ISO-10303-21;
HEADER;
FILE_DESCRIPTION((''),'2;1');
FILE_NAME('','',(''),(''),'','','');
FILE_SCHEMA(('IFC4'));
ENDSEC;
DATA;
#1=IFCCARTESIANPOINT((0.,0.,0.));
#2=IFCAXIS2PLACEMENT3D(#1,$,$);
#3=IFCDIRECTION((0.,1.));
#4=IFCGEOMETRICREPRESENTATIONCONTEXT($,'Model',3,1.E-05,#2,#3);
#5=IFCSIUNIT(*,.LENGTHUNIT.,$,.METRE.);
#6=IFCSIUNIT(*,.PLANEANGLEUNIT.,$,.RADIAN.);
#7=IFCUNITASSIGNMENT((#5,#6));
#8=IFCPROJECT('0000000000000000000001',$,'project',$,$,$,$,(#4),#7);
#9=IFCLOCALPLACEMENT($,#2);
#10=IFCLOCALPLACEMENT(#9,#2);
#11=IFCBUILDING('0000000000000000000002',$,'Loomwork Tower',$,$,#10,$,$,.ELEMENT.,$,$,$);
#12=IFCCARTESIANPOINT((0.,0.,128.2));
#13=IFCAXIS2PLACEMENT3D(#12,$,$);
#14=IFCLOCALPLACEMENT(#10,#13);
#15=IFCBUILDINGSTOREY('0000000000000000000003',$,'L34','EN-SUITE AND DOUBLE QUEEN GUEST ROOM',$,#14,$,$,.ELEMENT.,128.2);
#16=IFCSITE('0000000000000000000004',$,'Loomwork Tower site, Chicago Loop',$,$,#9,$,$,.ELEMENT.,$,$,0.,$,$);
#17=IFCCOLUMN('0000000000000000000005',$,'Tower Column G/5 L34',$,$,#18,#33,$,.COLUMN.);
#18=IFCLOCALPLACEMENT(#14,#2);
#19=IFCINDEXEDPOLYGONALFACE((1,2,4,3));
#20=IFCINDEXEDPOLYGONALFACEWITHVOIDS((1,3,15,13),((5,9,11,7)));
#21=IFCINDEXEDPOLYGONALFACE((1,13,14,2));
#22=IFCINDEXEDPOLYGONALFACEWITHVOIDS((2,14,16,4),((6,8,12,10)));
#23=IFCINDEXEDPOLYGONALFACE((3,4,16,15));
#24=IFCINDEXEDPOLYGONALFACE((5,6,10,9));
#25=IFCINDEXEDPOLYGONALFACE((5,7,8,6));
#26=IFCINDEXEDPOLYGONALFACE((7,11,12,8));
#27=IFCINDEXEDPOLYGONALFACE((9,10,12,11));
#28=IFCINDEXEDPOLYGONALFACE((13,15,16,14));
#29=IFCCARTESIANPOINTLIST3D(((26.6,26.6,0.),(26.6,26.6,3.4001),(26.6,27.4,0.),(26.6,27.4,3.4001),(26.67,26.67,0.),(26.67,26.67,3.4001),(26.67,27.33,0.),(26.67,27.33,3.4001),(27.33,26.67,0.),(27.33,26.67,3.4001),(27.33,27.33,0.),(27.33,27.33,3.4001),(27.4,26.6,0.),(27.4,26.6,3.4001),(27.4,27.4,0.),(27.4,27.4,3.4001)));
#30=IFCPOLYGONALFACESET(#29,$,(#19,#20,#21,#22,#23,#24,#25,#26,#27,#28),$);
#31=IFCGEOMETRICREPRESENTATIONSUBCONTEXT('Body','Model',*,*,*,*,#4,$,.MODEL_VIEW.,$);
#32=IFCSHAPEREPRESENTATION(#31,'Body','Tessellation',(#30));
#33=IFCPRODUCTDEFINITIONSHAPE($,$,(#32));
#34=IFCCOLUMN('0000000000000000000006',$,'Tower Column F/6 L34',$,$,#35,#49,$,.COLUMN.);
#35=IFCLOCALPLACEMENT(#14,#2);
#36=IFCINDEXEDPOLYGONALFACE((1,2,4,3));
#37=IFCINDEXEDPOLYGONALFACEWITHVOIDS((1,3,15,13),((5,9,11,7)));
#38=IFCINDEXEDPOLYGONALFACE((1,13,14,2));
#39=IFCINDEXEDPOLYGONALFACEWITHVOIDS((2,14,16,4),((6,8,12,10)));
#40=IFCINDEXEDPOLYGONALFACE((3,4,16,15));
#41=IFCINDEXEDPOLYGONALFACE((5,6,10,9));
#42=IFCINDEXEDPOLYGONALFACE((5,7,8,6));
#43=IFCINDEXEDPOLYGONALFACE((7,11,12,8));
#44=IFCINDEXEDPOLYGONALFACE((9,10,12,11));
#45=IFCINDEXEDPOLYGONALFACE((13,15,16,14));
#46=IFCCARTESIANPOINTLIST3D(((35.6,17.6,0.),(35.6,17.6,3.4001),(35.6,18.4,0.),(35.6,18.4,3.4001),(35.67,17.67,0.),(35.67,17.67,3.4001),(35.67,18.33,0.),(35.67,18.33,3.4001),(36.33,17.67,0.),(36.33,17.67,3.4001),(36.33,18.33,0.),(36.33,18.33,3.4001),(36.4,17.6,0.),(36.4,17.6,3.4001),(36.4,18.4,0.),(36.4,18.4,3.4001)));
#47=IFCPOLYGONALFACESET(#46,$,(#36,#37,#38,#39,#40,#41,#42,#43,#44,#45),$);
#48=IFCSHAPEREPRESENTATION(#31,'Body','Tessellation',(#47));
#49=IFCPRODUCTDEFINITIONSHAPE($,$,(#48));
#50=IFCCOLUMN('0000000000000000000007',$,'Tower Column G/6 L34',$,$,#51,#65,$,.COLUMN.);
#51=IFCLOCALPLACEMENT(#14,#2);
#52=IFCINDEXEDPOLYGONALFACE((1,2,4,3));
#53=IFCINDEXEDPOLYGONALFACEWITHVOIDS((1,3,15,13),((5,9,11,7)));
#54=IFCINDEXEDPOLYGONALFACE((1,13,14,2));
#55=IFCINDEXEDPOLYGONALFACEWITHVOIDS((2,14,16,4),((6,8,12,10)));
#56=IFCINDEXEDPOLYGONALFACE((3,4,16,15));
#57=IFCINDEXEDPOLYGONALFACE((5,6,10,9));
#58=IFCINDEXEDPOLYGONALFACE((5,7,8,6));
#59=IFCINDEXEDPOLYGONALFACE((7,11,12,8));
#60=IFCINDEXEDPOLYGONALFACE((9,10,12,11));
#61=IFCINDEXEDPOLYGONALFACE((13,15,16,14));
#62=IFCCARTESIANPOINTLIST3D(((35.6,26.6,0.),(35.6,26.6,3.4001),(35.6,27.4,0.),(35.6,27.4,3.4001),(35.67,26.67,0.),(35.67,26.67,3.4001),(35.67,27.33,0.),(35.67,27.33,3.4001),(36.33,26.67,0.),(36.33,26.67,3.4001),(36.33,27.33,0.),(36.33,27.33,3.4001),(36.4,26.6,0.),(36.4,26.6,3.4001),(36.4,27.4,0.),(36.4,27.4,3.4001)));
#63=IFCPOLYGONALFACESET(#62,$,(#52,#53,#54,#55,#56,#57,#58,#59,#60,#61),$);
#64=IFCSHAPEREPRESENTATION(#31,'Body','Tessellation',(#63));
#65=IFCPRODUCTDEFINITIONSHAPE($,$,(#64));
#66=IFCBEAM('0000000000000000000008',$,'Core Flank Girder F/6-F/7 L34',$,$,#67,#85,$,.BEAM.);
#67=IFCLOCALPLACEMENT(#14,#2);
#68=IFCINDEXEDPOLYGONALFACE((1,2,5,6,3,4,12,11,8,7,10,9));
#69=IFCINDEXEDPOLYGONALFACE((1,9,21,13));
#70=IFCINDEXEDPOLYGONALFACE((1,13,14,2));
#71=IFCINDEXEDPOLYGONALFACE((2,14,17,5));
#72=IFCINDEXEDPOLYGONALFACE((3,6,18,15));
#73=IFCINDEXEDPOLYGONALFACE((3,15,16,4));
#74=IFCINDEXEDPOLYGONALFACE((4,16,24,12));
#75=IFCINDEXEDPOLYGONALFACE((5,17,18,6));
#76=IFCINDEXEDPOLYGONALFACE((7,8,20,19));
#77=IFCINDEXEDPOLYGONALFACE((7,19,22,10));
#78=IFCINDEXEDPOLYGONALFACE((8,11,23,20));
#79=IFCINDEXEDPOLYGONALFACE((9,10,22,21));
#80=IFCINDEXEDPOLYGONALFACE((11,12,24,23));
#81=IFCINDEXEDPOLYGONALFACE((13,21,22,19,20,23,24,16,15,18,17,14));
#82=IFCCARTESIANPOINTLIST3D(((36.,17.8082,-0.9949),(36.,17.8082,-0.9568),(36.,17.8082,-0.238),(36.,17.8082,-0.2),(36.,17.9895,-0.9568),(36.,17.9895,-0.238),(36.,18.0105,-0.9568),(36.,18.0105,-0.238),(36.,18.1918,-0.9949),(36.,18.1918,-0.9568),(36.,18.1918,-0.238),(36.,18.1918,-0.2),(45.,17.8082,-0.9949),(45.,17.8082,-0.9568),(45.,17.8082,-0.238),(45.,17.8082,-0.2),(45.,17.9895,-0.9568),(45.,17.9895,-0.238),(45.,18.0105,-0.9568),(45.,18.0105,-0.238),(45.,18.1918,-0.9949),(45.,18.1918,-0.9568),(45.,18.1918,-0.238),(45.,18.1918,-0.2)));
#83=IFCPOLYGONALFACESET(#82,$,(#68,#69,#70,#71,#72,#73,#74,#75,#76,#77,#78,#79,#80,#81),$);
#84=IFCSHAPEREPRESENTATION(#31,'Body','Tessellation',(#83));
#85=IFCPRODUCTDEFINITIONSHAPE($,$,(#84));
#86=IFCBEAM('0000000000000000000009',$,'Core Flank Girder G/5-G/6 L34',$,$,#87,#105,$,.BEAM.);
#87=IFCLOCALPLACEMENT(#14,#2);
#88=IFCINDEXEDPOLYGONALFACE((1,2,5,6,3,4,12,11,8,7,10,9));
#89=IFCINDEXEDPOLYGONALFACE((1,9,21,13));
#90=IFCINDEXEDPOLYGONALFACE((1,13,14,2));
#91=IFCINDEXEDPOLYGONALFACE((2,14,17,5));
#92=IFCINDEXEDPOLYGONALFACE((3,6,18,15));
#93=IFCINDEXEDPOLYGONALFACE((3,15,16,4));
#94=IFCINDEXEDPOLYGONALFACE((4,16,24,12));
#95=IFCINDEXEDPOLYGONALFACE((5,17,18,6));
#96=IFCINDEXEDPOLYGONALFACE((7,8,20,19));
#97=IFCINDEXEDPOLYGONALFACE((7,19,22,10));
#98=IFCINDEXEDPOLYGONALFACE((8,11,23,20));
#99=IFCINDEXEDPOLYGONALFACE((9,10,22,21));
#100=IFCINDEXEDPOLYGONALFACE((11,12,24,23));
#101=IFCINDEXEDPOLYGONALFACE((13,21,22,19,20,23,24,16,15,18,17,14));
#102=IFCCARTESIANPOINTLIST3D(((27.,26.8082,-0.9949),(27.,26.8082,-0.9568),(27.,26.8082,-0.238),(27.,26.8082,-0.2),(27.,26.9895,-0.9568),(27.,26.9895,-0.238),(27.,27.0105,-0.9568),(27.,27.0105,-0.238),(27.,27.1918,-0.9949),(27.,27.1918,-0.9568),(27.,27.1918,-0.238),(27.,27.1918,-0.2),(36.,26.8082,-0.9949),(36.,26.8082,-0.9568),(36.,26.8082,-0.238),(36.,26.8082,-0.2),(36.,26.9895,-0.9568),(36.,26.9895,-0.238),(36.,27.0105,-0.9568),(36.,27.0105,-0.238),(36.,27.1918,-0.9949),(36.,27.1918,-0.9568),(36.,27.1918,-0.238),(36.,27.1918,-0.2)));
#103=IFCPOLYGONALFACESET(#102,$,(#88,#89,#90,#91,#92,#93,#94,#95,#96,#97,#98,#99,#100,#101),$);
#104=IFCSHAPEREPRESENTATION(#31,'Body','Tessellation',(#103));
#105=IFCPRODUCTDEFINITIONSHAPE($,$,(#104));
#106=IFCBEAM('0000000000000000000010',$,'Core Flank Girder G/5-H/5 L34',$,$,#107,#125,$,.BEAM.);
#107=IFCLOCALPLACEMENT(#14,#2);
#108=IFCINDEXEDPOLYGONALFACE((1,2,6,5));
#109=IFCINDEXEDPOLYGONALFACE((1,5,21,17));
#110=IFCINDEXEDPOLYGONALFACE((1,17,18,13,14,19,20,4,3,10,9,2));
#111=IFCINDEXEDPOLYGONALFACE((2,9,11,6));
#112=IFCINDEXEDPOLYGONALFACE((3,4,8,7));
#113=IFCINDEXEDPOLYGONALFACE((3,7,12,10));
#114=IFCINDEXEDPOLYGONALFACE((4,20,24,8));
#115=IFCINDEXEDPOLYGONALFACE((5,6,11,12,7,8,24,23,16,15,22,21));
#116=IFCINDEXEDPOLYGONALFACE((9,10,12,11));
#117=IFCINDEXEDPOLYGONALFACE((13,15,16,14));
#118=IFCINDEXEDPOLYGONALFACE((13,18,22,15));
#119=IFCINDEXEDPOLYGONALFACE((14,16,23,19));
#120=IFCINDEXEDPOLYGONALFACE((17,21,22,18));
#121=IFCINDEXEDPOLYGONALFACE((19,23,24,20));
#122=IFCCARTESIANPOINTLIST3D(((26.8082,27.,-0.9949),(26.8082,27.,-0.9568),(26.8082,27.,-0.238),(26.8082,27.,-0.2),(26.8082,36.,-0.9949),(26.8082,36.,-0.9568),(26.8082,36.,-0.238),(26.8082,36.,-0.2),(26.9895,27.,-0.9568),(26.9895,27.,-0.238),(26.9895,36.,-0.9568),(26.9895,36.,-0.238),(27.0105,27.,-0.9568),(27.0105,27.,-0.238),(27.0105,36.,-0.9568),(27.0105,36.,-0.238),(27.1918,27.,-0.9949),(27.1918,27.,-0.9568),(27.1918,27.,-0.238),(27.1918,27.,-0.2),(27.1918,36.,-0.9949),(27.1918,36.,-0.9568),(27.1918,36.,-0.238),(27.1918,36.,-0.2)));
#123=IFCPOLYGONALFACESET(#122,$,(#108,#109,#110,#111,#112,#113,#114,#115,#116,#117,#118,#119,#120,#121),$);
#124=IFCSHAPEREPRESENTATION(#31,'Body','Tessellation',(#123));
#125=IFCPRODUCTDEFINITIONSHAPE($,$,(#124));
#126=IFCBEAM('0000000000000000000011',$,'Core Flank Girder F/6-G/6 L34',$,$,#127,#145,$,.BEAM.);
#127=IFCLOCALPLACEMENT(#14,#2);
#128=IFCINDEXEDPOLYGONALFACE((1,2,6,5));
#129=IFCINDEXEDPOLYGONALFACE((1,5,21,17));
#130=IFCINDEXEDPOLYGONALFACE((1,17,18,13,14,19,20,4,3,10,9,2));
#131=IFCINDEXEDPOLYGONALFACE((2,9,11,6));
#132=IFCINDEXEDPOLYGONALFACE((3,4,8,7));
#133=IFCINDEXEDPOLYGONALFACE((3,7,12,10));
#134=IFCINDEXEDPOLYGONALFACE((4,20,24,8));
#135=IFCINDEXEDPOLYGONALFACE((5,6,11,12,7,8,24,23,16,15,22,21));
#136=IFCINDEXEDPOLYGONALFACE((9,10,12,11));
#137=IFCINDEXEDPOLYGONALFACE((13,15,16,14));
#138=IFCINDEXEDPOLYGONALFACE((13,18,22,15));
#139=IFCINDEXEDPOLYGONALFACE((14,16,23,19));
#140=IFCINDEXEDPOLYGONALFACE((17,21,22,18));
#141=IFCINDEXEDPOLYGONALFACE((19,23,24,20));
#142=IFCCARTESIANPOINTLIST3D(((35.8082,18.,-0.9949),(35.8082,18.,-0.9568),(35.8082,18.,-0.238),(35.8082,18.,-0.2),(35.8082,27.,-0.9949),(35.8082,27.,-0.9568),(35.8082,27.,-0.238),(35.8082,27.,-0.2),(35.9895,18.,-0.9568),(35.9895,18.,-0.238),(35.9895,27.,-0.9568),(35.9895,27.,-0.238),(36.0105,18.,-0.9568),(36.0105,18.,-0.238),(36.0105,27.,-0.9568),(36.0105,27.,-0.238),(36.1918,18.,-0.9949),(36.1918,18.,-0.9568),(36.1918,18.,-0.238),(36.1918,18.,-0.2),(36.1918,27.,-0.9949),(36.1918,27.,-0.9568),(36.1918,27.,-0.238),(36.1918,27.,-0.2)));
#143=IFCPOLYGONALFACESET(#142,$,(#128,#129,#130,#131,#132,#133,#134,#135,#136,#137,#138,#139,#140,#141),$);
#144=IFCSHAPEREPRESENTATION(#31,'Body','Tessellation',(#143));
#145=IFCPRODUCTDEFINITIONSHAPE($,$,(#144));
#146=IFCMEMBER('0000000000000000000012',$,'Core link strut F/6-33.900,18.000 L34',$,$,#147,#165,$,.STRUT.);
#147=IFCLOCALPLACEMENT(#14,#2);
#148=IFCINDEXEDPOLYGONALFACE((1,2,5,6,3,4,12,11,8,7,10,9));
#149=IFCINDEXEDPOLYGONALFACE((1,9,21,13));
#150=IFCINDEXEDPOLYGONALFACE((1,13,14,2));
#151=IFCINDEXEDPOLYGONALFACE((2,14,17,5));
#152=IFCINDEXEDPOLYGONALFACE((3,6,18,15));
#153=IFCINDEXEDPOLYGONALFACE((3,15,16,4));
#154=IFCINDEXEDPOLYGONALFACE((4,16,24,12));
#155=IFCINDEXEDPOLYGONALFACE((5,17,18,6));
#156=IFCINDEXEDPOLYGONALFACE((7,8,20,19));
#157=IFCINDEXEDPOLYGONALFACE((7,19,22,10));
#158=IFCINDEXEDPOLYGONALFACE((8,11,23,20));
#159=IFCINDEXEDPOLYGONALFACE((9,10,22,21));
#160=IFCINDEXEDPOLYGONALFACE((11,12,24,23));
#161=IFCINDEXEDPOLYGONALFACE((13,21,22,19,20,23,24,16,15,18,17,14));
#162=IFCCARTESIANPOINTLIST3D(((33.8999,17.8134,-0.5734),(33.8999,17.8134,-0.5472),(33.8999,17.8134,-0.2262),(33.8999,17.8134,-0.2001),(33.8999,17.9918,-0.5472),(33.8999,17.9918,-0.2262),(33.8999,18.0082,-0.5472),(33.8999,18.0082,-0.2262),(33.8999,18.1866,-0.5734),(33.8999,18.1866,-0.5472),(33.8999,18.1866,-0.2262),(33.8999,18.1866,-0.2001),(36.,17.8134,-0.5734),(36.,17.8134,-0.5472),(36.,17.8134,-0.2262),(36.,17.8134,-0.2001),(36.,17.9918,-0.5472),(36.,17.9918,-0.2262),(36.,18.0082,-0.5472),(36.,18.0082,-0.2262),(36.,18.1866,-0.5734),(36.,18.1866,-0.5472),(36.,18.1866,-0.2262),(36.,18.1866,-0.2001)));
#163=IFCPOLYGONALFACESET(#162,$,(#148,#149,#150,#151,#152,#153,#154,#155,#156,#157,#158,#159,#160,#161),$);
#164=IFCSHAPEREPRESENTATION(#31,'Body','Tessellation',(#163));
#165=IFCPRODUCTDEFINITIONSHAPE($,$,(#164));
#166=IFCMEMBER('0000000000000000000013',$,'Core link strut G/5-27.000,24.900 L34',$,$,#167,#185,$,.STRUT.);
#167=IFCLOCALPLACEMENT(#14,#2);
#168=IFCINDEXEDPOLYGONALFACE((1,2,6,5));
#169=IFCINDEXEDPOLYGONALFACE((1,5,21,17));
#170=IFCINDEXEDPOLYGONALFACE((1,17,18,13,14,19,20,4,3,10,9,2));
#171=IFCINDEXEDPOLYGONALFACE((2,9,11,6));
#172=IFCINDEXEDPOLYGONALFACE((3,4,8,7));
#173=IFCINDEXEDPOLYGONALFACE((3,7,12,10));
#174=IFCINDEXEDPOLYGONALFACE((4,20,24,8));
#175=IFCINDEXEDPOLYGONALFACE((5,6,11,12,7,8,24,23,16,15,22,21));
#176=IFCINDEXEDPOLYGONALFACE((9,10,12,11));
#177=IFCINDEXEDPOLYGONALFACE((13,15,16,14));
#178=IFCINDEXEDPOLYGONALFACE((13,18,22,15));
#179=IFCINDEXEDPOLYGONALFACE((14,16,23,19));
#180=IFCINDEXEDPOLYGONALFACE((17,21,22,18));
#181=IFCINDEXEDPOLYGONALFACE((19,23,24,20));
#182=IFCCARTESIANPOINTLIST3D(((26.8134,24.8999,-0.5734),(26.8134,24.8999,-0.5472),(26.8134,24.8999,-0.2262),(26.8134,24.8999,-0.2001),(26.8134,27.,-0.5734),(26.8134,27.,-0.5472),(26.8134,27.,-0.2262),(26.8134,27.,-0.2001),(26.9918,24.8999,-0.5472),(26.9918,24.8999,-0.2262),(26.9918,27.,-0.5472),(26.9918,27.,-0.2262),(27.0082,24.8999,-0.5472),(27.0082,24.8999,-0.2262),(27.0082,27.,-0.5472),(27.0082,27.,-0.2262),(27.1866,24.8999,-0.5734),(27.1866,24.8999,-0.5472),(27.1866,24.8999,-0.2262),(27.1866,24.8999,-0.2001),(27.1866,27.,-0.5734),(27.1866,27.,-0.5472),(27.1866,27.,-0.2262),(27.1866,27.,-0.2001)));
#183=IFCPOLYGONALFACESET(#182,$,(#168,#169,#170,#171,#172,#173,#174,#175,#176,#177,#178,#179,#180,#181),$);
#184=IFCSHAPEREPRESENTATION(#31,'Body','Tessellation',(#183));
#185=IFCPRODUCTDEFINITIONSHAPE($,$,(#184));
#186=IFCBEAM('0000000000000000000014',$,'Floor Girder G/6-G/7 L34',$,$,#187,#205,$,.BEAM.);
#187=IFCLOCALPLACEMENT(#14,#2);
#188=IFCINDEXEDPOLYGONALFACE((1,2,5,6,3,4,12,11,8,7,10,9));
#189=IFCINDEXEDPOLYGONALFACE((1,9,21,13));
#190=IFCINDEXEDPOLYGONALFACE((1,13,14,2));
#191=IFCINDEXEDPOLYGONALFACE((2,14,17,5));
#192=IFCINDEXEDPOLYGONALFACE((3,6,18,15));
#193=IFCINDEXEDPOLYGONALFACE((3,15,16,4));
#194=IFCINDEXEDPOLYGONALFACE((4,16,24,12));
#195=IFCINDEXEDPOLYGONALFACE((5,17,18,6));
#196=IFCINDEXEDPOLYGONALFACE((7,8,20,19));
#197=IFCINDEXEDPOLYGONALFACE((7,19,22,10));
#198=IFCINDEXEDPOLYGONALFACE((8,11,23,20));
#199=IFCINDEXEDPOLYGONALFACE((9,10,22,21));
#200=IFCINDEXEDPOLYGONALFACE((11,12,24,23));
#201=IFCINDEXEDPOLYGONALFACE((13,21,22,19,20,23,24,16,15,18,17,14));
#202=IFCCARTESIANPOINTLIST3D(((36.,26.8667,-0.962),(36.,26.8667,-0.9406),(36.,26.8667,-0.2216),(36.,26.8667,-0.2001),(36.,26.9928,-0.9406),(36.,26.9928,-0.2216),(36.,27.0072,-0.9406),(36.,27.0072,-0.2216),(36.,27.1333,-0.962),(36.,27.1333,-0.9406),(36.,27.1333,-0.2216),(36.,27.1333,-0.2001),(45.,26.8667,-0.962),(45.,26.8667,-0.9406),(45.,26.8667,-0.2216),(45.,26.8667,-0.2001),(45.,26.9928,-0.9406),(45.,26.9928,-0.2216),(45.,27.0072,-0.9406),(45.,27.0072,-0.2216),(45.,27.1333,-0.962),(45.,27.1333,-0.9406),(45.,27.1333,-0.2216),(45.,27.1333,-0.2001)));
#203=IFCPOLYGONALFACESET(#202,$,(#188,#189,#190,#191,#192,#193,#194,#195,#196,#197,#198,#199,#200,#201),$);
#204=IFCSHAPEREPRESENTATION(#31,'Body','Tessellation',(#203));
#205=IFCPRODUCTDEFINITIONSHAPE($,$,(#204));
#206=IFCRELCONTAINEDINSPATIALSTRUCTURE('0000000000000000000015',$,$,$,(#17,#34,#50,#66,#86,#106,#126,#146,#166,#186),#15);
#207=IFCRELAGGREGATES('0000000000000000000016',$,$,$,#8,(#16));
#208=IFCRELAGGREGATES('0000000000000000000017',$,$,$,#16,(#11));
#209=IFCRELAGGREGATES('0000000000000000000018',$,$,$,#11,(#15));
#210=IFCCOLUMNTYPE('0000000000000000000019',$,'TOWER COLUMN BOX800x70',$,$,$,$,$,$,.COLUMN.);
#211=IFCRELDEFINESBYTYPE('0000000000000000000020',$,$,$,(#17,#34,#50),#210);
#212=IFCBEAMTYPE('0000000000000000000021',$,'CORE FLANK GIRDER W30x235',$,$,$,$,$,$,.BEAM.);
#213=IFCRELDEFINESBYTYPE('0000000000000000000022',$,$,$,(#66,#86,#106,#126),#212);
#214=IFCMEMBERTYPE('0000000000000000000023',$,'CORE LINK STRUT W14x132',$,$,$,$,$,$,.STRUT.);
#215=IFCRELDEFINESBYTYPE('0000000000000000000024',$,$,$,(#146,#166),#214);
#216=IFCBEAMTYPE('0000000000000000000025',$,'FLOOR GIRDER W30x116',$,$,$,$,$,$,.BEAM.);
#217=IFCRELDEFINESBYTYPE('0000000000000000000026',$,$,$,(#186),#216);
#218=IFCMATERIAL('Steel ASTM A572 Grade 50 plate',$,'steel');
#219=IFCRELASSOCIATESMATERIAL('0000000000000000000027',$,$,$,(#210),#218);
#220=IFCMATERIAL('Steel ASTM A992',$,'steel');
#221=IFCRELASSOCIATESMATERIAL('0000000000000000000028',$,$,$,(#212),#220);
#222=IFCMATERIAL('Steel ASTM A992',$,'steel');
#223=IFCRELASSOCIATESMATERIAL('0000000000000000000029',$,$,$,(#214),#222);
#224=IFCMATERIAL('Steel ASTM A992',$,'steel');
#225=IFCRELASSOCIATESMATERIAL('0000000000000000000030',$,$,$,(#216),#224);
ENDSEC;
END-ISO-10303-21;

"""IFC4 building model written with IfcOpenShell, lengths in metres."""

from ifc_helpers import new_model, si_unit, direction, frame, origin, origin_2d, place, context, subcontext, project, spatial, hollow_rectangle, i_section, extrude, material, material_profile, profile_set, type_object, element, save


model = new_model("IFC4")

# Units and contexts
model_context = context("Model", 3, precision=1e-05, world=origin(), true_north=direction((0.0, 1.0)))
body_context = subcontext(model_context, "Body", "Model", "MODEL_VIEW")
ifc_project = project(units=[si_unit("LENGTHUNIT", "METRE"), si_unit("PLANEANGLEUNIT", "RADIAN")], contexts=[model_context])

# Site, building, storey
site_placement = place(None, origin())
site = spatial("IfcSite", under=ifc_project, at=site_placement, Name="Loomwork Tower site, Chicago Loop", CompositionType="ELEMENT", RefElevation=0.0)
building_placement = place(site_placement, origin())
building = spatial("IfcBuilding", under=site, at=building_placement, Name="Loomwork Tower", CompositionType="ELEMENT")
storey_placement = place(building_placement, frame((0.0, 0.0, 128.2)))
storey = spatial("IfcBuildingStorey", under=building, at=storey_placement, Name="L34", Description="EN-SUITE AND DOUBLE QUEEN GUEST ROOM", CompositionType="ELEMENT", Elevation=128.2)

# Columns
ifc_material_1 = material(Name="Steel ASTM A572 Grade 50 plate", Category="steel")
ifc_material_profile_1 = material_profile(ifc_material_1, hollow_rectangle(XDim=0.8, YDim=0.8, WallThickness=0.0701, at=origin_2d()), Name="BOX800x70")
ifc_profile_set_1 = profile_set([ifc_material_profile_1], Name="Steel ASTM A572 Grade 50 plate")
column_type = type_object("IfcColumnType", Name="TOWER COLUMN BOX800x70", PredefinedType="COLUMN", material=ifc_profile_set_1)
for number, where, z_axis, x_axis, name in (
    (1, (27.0, 27.0, 0.0), (0.0, 0.0, 1.0), (1.0, 0.0, 0.0), "Tower Column G/5 L34"),
    (2, (36.0, 18.0, 0.0), (0.0, 0.0, 1.0), (0.0, 1.0, 0.0), "Tower Column F/6 L34"),
    (3, (36.0, 27.0, 0.0), (0.0, 0.0, 1.0), (1.0, 0.0, 0.0), "Tower Column G/6 L34"),
):
    element("IfcColumn", number, at=place(storey_placement, frame(where, z_axis=z_axis, x_axis=x_axis)), inside=storey, type_object=column_type, Name=name, PredefinedType="COLUMN", context=body_context, shape_type="SweptSolid", body=[
        extrude(hollow_rectangle(XDim=0.8, YDim=0.8, WallThickness=0.0701, at=origin_2d()), origin(), (0.0, 0.0, 1.0), 3.4001),
    ])

# Beams
ifc_material_2 = material(Name="Steel ASTM A992", Category="steel")
ifc_material_profile_2 = material_profile(ifc_material_2, i_section(OverallWidth=0.3835, OverallDepth=0.7949, WebThickness=0.021, FlangeThickness=0.0381, at=origin_2d()), Name="W30x235")
ifc_profile_set_2 = profile_set([ifc_material_profile_2], Name="Steel ASTM A992")
beam_type_1 = type_object("IfcBeamType", Name="CORE FLANK GIRDER W30x235", PredefinedType="BEAM", material=ifc_profile_set_2)
for number, where, z_axis, x_axis, name in (
    (4, (36.0, 18.0, -0.5974), (1.0, 0.0, 0.0), (0.0, 1.0, 0.0), "Core Flank Girder F/6-F/7 L34"),
    (5, (27.0, 27.0, -0.5974), (1.0, 0.0, 0.0), (0.0, 1.0, 0.0), "Core Flank Girder G/5-G/6 L34"),
    (6, (27.0, 27.0, -0.5974), (0.0, 1.0, 0.0), (-1.0, 0.0, 0.0), "Core Flank Girder G/5-H/5 L34"),
    (7, (36.0, 18.0, -0.5974), (0.0, 1.0, 0.0), (-1.0, 0.0, 0.0), "Core Flank Girder F/6-G/6 L34"),
):
    element("IfcBeam", number, at=place(storey_placement, frame(where, z_axis=z_axis, x_axis=x_axis)), inside=storey, type_object=beam_type_1, Name=name, PredefinedType="BEAM", context=body_context, shape_type="SweptSolid", body=[
        extrude(i_section(OverallWidth=0.3835, OverallDepth=0.7949, WebThickness=0.021, FlangeThickness=0.0381, at=origin_2d()), origin(), (0.0, 0.0, 1.0), 9.0),
    ])

# Members
ifc_material_3 = material(Name="Steel ASTM A992", Category="steel")
ifc_material_profile_3 = material_profile(ifc_material_3, i_section(OverallWidth=0.3733, OverallDepth=0.3733, WebThickness=0.0164, FlangeThickness=0.0261, at=origin_2d()), Name="W14x132")
ifc_profile_set_3 = profile_set([ifc_material_profile_3], Name="Steel ASTM A992")
member_type = type_object("IfcMemberType", Name="CORE LINK STRUT W14x132", PredefinedType="STRUT", material=ifc_profile_set_3)
for number, where, z_axis, x_axis, name in (
    (8, (36.0, 18.0, -0.3867), (-1.0, 0.0, 0.0), (0.0, -1.0, 0.0), "Core link strut F/6-33.900,18.000 L34"),
    (9, (27.0, 27.0, -0.3867), (0.0, -1.0, 0.0), (1.0, 0.0, 0.0), "Core link strut G/5-27.000,24.900 L34"),
):
    element("IfcMember", number, at=place(storey_placement, frame(where, z_axis=z_axis, x_axis=x_axis)), inside=storey, type_object=member_type, Name=name, PredefinedType="STRUT", context=body_context, shape_type="SweptSolid", body=[
        extrude(i_section(OverallWidth=0.3733, OverallDepth=0.3733, WebThickness=0.0164, FlangeThickness=0.0261, at=origin_2d()), origin(), (0.0, 0.0, 1.0), 2.1001),
    ])

# Beam
ifc_material_4 = material(Name="Steel ASTM A992", Category="steel")
ifc_material_profile_4 = material_profile(ifc_material_4, i_section(OverallWidth=0.2666, OverallDepth=0.762, WebThickness=0.0144, FlangeThickness=0.0215, at=origin_2d()), Name="W30x116")
ifc_profile_set_4 = profile_set([ifc_material_profile_4], Name="Steel ASTM A992")
beam_type_2 = type_object("IfcBeamType", Name="FLOOR GIRDER W30x116", PredefinedType="BEAM", material=ifc_profile_set_4)
for number, where, z_axis, x_axis, name in (
    (10, (36.0, 27.0, -0.5811), (1.0, 0.0, 0.0), (0.0, 1.0, 0.0), "Floor Girder G/6-G/7 L34"),
):
    element("IfcBeam", number, at=place(storey_placement, frame(where, z_axis=z_axis, x_axis=x_axis)), inside=storey, type_object=beam_type_2, Name=name, PredefinedType="BEAM", context=body_context, shape_type="SweptSolid", body=[
        extrude(i_section(OverallWidth=0.2666, OverallDepth=0.762, WebThickness=0.0144, FlangeThickness=0.0215, at=origin_2d()), origin(), (0.0, 0.0, 1.0), 9.0),
    ])

save(model, "model.ifc")
